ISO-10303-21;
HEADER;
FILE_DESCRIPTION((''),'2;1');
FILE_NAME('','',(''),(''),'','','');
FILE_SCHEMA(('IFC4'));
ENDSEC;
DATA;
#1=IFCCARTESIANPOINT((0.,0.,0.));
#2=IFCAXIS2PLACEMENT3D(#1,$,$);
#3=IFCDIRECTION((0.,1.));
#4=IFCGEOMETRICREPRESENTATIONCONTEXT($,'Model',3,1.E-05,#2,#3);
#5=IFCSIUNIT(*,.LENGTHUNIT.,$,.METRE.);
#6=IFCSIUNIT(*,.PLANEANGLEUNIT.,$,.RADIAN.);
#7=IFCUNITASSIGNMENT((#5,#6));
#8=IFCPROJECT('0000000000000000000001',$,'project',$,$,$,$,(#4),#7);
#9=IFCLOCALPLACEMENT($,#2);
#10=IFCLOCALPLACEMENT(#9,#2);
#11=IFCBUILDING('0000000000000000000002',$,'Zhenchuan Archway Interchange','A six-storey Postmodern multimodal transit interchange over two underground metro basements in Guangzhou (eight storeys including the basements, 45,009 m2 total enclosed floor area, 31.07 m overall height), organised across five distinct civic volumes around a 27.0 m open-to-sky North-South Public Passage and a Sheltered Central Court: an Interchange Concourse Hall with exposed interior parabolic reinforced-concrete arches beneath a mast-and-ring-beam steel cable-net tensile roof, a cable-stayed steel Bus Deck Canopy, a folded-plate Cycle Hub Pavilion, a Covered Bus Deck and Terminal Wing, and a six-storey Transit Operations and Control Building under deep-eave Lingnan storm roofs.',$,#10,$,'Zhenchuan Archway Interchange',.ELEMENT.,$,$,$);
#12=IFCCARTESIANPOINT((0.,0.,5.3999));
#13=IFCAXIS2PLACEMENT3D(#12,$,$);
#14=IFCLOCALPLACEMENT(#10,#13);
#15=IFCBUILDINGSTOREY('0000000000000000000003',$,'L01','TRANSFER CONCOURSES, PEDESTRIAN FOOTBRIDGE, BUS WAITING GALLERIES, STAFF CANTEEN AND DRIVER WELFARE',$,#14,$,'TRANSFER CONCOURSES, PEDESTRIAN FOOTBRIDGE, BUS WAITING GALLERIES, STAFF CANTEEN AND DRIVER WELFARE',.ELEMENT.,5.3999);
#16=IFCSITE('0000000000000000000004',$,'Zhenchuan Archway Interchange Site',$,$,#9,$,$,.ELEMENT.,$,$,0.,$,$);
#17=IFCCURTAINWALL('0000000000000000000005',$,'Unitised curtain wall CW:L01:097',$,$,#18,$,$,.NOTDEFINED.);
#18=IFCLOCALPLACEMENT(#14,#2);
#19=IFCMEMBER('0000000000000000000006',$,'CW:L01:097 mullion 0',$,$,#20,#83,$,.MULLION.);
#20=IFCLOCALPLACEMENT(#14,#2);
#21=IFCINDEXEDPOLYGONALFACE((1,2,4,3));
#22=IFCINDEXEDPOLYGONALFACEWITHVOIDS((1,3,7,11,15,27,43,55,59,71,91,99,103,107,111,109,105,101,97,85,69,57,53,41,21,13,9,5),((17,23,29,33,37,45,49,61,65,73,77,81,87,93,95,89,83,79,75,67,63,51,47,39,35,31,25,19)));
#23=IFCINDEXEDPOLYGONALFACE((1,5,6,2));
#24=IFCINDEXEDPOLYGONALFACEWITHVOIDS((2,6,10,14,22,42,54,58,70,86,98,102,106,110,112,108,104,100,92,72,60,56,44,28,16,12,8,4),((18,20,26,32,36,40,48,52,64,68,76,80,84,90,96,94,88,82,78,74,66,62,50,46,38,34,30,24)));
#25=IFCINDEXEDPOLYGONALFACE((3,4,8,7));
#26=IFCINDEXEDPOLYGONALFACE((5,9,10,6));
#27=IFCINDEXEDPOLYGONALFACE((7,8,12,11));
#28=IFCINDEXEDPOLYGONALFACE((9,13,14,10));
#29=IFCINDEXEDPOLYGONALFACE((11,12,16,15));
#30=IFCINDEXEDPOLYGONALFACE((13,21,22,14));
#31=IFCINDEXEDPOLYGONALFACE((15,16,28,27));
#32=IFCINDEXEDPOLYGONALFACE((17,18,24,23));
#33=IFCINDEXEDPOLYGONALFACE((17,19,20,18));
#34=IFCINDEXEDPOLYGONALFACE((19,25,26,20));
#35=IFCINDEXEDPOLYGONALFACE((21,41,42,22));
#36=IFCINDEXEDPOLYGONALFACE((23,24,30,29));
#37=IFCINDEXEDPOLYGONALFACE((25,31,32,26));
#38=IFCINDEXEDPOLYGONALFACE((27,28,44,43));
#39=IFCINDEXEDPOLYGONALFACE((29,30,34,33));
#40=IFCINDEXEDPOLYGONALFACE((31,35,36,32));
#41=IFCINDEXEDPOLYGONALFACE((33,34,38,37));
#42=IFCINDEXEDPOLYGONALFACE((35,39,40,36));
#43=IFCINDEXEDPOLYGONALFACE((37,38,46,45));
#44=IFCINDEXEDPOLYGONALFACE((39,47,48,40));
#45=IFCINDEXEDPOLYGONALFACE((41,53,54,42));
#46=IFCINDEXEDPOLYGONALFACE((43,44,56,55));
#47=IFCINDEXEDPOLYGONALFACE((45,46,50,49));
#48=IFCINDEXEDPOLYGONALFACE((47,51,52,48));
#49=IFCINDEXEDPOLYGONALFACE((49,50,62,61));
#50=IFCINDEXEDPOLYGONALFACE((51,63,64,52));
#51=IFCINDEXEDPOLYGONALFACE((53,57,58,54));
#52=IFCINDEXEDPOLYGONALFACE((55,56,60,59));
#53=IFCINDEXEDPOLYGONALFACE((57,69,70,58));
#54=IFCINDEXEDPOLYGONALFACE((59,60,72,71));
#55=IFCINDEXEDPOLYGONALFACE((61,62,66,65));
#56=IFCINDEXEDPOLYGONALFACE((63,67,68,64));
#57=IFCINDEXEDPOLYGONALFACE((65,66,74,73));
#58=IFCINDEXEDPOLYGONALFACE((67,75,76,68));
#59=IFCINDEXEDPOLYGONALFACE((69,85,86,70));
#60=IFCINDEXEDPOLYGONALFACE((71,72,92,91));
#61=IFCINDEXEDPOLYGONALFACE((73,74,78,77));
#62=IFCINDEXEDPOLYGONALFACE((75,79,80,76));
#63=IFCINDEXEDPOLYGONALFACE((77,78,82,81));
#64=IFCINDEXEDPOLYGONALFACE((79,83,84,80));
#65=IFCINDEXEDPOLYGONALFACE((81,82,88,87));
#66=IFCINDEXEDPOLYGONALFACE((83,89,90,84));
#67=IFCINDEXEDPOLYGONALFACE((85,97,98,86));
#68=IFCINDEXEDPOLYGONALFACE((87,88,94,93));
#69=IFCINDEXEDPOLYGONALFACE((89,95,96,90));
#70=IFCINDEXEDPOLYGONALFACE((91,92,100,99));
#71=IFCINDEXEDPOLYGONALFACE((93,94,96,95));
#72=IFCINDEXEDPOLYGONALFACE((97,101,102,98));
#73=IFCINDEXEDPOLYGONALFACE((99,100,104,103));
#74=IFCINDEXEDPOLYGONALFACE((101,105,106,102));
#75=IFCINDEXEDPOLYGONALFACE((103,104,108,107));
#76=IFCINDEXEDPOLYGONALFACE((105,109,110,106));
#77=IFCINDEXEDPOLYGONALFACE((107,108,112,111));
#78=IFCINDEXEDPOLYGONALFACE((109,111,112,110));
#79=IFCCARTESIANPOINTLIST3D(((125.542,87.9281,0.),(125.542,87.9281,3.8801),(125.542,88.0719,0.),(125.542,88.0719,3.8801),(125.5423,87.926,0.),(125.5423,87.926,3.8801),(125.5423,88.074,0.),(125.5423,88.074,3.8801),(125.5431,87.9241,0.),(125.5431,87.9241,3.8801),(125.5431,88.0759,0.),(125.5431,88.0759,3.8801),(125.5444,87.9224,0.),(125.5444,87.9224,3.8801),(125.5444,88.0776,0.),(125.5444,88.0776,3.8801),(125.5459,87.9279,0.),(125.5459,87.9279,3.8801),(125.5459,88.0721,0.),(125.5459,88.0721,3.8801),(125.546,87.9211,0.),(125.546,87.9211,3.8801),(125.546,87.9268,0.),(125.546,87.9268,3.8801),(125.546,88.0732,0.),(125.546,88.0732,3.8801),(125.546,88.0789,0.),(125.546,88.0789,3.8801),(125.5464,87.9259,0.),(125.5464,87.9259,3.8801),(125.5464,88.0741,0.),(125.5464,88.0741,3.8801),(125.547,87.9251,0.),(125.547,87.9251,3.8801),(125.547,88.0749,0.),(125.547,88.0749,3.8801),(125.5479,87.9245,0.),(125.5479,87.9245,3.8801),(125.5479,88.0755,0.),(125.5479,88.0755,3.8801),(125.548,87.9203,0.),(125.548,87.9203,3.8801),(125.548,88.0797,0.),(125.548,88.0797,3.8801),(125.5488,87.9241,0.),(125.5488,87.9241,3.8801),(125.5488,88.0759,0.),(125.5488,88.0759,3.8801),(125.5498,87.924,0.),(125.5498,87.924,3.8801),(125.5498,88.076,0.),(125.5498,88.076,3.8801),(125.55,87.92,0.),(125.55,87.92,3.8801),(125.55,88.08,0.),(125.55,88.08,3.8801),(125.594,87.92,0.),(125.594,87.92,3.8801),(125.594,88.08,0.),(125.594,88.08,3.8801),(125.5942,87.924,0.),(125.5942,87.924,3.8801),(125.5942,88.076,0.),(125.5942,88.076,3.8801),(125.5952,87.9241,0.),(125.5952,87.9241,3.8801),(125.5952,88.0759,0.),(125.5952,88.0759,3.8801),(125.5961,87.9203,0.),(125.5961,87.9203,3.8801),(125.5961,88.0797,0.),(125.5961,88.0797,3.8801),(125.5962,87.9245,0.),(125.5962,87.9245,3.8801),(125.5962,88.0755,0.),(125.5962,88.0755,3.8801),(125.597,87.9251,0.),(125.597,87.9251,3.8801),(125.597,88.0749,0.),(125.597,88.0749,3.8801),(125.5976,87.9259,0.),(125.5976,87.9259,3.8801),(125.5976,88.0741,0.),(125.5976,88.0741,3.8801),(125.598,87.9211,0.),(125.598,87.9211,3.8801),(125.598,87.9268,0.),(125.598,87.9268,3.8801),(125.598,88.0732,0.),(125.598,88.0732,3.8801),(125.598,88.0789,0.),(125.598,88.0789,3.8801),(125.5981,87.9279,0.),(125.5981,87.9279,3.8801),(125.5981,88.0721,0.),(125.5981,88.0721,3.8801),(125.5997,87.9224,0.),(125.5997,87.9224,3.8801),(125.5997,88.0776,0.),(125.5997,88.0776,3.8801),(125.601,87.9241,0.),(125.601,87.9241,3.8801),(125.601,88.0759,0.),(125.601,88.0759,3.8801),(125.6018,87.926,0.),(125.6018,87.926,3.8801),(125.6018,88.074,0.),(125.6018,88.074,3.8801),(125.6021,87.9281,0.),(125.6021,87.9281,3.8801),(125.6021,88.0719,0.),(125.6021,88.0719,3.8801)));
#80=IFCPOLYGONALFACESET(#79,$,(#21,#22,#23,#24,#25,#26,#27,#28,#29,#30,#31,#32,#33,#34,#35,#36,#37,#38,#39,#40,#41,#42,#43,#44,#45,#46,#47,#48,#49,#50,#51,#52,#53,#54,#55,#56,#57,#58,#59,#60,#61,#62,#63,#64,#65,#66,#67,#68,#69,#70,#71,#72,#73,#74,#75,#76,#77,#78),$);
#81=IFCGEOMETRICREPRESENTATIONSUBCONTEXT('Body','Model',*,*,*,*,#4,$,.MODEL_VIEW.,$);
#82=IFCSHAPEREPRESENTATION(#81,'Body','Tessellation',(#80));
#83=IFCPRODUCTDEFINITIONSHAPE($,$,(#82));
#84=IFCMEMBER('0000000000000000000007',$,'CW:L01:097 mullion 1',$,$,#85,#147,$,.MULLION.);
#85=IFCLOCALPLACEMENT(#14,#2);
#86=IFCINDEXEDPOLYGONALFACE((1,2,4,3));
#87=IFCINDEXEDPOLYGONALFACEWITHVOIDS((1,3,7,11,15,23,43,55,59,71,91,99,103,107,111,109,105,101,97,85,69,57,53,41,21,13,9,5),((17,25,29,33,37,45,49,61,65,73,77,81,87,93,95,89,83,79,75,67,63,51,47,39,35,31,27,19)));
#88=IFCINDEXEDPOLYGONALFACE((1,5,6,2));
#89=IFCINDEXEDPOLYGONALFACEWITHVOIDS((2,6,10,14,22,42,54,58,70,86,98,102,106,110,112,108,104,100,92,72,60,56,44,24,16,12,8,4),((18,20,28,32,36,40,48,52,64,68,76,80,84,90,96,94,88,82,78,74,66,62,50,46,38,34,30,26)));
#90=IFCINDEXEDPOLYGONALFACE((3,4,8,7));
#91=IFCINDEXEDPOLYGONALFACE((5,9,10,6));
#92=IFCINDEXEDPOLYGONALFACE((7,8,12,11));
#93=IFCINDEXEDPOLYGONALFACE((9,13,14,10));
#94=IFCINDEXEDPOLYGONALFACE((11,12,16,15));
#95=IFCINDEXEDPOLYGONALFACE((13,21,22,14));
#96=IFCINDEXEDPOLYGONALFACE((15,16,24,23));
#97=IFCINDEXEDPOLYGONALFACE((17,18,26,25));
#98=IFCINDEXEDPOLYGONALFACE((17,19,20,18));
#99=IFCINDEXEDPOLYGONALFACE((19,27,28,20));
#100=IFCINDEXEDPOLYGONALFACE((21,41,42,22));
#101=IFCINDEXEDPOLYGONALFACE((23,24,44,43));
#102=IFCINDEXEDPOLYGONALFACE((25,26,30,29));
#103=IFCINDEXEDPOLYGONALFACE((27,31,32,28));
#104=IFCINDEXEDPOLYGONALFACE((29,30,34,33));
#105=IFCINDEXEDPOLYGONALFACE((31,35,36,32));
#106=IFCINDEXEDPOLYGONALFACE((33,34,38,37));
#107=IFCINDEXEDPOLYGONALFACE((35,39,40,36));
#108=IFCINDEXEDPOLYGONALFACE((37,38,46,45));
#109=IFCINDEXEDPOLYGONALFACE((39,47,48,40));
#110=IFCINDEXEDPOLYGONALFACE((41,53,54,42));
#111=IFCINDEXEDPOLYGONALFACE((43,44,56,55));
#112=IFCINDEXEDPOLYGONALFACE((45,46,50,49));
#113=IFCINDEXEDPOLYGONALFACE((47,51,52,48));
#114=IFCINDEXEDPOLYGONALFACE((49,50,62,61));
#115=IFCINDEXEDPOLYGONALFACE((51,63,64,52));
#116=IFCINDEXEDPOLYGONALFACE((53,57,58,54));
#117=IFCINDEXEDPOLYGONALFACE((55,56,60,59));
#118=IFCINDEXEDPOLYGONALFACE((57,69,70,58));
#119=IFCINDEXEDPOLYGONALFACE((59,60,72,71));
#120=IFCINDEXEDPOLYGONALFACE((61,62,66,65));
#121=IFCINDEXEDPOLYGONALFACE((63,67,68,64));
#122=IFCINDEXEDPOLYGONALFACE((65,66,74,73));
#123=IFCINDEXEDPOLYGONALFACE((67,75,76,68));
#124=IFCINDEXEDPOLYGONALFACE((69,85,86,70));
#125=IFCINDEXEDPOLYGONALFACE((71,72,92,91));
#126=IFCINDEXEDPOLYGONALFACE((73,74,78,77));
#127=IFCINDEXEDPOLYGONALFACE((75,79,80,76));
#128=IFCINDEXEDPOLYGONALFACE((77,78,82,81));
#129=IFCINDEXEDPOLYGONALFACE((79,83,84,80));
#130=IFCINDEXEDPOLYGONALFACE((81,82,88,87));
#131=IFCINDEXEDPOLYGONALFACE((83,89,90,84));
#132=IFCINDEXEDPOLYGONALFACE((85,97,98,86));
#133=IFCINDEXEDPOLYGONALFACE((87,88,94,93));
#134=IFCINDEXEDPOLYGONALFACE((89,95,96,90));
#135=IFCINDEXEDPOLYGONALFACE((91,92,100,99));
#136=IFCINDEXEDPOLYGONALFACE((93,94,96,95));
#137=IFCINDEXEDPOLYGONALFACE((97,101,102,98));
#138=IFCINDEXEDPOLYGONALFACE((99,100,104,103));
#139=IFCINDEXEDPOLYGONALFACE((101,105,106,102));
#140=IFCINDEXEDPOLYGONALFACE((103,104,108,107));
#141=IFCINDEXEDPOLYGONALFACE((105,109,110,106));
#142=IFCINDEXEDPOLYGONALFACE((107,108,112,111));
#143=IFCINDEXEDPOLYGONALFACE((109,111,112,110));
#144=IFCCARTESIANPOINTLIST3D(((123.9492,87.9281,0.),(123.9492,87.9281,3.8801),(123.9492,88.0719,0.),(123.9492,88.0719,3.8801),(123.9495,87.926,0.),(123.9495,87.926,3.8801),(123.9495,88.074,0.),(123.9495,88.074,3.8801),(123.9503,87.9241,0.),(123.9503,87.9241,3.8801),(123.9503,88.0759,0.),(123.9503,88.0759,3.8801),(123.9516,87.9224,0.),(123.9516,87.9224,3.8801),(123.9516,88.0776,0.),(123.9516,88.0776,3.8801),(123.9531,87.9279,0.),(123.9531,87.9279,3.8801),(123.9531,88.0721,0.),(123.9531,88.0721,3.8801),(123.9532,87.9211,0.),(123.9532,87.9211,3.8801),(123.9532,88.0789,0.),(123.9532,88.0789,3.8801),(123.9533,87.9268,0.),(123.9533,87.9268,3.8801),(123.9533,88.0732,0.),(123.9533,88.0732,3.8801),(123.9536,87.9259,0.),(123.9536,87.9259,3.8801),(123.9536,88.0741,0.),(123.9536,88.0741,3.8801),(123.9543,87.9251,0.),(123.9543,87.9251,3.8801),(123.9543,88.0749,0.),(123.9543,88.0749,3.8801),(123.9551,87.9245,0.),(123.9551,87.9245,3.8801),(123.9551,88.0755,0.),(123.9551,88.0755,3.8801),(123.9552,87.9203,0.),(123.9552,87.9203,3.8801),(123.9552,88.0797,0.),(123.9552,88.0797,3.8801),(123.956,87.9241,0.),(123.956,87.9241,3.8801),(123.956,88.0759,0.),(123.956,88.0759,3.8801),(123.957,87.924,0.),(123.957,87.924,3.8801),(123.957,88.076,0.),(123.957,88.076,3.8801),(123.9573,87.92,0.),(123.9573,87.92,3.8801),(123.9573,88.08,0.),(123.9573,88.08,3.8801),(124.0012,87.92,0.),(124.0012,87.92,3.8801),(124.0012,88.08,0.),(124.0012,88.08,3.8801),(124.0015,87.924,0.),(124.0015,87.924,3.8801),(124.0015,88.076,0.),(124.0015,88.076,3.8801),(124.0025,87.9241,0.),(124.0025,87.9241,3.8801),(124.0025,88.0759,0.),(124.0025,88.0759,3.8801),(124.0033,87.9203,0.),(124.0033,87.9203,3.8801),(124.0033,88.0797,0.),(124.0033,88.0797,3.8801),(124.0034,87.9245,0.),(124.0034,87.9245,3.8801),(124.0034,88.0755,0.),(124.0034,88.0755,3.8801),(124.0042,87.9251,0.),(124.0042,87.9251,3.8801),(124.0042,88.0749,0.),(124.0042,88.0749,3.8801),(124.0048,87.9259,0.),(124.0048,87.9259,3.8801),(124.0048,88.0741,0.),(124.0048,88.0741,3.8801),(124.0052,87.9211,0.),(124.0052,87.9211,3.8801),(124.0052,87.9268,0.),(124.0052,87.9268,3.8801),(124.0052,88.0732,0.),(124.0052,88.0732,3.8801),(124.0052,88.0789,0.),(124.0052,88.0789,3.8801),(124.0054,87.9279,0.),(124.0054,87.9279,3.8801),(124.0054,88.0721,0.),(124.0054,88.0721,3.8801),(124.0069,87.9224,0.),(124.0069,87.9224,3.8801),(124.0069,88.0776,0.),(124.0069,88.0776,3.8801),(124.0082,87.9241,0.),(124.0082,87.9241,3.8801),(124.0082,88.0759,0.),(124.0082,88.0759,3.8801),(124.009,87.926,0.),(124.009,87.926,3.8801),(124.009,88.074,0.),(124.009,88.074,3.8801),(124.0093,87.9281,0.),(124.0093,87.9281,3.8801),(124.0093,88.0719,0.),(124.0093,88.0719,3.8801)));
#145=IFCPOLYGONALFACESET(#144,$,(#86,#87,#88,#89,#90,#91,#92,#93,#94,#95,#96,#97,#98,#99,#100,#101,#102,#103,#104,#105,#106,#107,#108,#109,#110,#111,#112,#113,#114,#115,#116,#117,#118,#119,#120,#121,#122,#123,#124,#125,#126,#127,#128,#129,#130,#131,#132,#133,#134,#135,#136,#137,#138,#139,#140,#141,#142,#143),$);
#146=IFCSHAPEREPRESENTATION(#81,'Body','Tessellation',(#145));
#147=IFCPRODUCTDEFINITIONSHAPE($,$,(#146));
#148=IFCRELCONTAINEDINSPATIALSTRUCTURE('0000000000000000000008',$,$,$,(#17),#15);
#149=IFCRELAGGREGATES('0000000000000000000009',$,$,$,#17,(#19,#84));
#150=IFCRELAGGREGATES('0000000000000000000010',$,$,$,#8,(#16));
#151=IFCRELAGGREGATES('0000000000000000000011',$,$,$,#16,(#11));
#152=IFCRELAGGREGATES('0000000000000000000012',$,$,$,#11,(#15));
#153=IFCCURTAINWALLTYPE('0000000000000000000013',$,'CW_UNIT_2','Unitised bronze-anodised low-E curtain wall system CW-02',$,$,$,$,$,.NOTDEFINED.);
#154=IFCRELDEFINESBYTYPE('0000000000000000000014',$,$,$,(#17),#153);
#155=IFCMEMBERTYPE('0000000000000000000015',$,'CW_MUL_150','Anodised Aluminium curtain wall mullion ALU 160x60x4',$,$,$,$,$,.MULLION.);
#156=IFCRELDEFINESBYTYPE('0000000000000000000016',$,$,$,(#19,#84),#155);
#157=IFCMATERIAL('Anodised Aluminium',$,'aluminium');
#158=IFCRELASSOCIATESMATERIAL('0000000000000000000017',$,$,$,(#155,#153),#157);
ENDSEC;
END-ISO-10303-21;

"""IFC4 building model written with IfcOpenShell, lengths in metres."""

from ifc_helpers import new_model, si_unit, direction, frame, origin, origin_2d, place, context, subcontext, project, spatial, hollow_rectangle, extrude, material, material_profile, profile_set, type_object, element, aggregate, save


model = new_model("IFC4")

# Units and contexts
model_context = context("Model", 3, precision=1e-05, world=origin(), true_north=direction((0.0, 1.0)))
body_context = subcontext(model_context, "Body", "Model", "MODEL_VIEW")
ifc_project = project(units=[si_unit("LENGTHUNIT", "METRE"), si_unit("PLANEANGLEUNIT", "RADIAN")], contexts=[model_context])

# Site, building, storey
site_placement = place(None, origin())
site = spatial("IfcSite", under=ifc_project, at=site_placement, Name="Zhenchuan Archway Interchange Site", CompositionType="ELEMENT", RefElevation=0.0)
building_placement = place(site_placement, origin())
building = spatial("IfcBuilding", under=site, at=building_placement, Name="Zhenchuan Archway Interchange", Description="A six-storey Postmodern multimodal transit interchange over two underground metro basements in Guangzhou (eight storeys including the basements, 45,009 m2 total enclosed floor area, 31.07 m overall height), organised across five distinct civic volumes around a 27.0 m open-to-sky North-South Public Passage and a Sheltered Central Court: an Interchange Concourse Hall with exposed interior parabolic reinforced-concrete arches beneath a mast-and-ring-beam steel cable-net tensile roof, a cable-stayed steel Bus Deck Canopy, a folded-plate Cycle Hub Pavilion, a Covered Bus Deck and Terminal Wing, and a six-storey Transit Operations and Control Building under deep-eave Lingnan storm roofs.", LongName="Zhenchuan Archway Interchange", CompositionType="ELEMENT")
storey_placement = place(building_placement, frame((0.0, 0.0, 5.3999)))
storey = spatial("IfcBuildingStorey", under=building, at=storey_placement, Name="L01", Description="TRANSFER CONCOURSES, PEDESTRIAN FOOTBRIDGE, BUS WAITING GALLERIES, STAFF CANTEEN AND DRIVER WELFARE", LongName="TRANSFER CONCOURSES, PEDESTRIAN FOOTBRIDGE, BUS WAITING GALLERIES, STAFF CANTEEN AND DRIVER WELFARE", CompositionType="ELEMENT", Elevation=5.3999)

# Curtain wall, members
ifc_material_1 = material(Name="Anodised Aluminium", Category="aluminium")
ifc_material_profile_1 = material_profile(ifc_material_1, hollow_rectangle(XDim=0.0601, YDim=0.1599, WallThickness=0.0039, InnerFilletRadius=0.0039, OuterFilletRadius=0.0081, at=origin_2d()), Name="ALU 160x60x4")
ifc_profile_set_1 = profile_set([ifc_material_profile_1], Name="Anodised Aluminium")
member_type_1 = type_object("IfcMemberType", Name="CW_MUL_150", Description="Anodised Aluminium curtain wall mullion ALU 160x60x4", PredefinedType="MULLION", material=ifc_profile_set_1)
curtain_wall_type_1 = type_object("IfcCurtainWallType", Name="CW_UNIT_2", Description="Unitised bronze-anodised low-E curtain wall system CW-02", PredefinedType="NOTDEFINED", material=ifc_material_1)
curtain_wall_1_placement = place(storey_placement, origin())
curtain_wall_1 = element("IfcCurtainWall", 1, at=curtain_wall_1_placement, inside=storey, type_object=curtain_wall_type_1, Name="Unitised curtain wall CW:L01:097", PredefinedType="NOTDEFINED")
member_1_placement = place(storey_placement, frame((125.572, 88.0, 0.0), z_axis=(0.0, 0.0, 1.0), x_axis=(1.0, 0.0, 0.0)))
member_1 = element("IfcMember", 2, at=member_1_placement, type_object=member_type_1, Name="CW:L01:097 mullion 0", PredefinedType="MULLION", context=body_context, shape_type="SweptSolid", body=[
    extrude(hollow_rectangle(XDim=0.0601, YDim=0.1599, WallThickness=0.0039, InnerFilletRadius=0.0039, OuterFilletRadius=0.0081, at=origin_2d()), origin(), (0.0, 0.0, 1.0), 3.8801),
])
member_2_placement = place(storey_placement, frame((123.9792, 88.0, 0.0), z_axis=(0.0, 0.0, 1.0), x_axis=(1.0, 0.0, 0.0)))
member_2 = element("IfcMember", 3, at=member_2_placement, type_object=member_type_1, Name="CW:L01:097 mullion 1", PredefinedType="MULLION", context=body_context, shape_type="SweptSolid", body=[
    extrude(hollow_rectangle(XDim=0.0601, YDim=0.1599, WallThickness=0.0039, InnerFilletRadius=0.0039, OuterFilletRadius=0.0081, at=origin_2d()), origin(), (0.0, 0.0, 1.0), 3.8801),
])

aggregate(curtain_wall_1, [member_1, member_2])

save(model, "model.ifc")
